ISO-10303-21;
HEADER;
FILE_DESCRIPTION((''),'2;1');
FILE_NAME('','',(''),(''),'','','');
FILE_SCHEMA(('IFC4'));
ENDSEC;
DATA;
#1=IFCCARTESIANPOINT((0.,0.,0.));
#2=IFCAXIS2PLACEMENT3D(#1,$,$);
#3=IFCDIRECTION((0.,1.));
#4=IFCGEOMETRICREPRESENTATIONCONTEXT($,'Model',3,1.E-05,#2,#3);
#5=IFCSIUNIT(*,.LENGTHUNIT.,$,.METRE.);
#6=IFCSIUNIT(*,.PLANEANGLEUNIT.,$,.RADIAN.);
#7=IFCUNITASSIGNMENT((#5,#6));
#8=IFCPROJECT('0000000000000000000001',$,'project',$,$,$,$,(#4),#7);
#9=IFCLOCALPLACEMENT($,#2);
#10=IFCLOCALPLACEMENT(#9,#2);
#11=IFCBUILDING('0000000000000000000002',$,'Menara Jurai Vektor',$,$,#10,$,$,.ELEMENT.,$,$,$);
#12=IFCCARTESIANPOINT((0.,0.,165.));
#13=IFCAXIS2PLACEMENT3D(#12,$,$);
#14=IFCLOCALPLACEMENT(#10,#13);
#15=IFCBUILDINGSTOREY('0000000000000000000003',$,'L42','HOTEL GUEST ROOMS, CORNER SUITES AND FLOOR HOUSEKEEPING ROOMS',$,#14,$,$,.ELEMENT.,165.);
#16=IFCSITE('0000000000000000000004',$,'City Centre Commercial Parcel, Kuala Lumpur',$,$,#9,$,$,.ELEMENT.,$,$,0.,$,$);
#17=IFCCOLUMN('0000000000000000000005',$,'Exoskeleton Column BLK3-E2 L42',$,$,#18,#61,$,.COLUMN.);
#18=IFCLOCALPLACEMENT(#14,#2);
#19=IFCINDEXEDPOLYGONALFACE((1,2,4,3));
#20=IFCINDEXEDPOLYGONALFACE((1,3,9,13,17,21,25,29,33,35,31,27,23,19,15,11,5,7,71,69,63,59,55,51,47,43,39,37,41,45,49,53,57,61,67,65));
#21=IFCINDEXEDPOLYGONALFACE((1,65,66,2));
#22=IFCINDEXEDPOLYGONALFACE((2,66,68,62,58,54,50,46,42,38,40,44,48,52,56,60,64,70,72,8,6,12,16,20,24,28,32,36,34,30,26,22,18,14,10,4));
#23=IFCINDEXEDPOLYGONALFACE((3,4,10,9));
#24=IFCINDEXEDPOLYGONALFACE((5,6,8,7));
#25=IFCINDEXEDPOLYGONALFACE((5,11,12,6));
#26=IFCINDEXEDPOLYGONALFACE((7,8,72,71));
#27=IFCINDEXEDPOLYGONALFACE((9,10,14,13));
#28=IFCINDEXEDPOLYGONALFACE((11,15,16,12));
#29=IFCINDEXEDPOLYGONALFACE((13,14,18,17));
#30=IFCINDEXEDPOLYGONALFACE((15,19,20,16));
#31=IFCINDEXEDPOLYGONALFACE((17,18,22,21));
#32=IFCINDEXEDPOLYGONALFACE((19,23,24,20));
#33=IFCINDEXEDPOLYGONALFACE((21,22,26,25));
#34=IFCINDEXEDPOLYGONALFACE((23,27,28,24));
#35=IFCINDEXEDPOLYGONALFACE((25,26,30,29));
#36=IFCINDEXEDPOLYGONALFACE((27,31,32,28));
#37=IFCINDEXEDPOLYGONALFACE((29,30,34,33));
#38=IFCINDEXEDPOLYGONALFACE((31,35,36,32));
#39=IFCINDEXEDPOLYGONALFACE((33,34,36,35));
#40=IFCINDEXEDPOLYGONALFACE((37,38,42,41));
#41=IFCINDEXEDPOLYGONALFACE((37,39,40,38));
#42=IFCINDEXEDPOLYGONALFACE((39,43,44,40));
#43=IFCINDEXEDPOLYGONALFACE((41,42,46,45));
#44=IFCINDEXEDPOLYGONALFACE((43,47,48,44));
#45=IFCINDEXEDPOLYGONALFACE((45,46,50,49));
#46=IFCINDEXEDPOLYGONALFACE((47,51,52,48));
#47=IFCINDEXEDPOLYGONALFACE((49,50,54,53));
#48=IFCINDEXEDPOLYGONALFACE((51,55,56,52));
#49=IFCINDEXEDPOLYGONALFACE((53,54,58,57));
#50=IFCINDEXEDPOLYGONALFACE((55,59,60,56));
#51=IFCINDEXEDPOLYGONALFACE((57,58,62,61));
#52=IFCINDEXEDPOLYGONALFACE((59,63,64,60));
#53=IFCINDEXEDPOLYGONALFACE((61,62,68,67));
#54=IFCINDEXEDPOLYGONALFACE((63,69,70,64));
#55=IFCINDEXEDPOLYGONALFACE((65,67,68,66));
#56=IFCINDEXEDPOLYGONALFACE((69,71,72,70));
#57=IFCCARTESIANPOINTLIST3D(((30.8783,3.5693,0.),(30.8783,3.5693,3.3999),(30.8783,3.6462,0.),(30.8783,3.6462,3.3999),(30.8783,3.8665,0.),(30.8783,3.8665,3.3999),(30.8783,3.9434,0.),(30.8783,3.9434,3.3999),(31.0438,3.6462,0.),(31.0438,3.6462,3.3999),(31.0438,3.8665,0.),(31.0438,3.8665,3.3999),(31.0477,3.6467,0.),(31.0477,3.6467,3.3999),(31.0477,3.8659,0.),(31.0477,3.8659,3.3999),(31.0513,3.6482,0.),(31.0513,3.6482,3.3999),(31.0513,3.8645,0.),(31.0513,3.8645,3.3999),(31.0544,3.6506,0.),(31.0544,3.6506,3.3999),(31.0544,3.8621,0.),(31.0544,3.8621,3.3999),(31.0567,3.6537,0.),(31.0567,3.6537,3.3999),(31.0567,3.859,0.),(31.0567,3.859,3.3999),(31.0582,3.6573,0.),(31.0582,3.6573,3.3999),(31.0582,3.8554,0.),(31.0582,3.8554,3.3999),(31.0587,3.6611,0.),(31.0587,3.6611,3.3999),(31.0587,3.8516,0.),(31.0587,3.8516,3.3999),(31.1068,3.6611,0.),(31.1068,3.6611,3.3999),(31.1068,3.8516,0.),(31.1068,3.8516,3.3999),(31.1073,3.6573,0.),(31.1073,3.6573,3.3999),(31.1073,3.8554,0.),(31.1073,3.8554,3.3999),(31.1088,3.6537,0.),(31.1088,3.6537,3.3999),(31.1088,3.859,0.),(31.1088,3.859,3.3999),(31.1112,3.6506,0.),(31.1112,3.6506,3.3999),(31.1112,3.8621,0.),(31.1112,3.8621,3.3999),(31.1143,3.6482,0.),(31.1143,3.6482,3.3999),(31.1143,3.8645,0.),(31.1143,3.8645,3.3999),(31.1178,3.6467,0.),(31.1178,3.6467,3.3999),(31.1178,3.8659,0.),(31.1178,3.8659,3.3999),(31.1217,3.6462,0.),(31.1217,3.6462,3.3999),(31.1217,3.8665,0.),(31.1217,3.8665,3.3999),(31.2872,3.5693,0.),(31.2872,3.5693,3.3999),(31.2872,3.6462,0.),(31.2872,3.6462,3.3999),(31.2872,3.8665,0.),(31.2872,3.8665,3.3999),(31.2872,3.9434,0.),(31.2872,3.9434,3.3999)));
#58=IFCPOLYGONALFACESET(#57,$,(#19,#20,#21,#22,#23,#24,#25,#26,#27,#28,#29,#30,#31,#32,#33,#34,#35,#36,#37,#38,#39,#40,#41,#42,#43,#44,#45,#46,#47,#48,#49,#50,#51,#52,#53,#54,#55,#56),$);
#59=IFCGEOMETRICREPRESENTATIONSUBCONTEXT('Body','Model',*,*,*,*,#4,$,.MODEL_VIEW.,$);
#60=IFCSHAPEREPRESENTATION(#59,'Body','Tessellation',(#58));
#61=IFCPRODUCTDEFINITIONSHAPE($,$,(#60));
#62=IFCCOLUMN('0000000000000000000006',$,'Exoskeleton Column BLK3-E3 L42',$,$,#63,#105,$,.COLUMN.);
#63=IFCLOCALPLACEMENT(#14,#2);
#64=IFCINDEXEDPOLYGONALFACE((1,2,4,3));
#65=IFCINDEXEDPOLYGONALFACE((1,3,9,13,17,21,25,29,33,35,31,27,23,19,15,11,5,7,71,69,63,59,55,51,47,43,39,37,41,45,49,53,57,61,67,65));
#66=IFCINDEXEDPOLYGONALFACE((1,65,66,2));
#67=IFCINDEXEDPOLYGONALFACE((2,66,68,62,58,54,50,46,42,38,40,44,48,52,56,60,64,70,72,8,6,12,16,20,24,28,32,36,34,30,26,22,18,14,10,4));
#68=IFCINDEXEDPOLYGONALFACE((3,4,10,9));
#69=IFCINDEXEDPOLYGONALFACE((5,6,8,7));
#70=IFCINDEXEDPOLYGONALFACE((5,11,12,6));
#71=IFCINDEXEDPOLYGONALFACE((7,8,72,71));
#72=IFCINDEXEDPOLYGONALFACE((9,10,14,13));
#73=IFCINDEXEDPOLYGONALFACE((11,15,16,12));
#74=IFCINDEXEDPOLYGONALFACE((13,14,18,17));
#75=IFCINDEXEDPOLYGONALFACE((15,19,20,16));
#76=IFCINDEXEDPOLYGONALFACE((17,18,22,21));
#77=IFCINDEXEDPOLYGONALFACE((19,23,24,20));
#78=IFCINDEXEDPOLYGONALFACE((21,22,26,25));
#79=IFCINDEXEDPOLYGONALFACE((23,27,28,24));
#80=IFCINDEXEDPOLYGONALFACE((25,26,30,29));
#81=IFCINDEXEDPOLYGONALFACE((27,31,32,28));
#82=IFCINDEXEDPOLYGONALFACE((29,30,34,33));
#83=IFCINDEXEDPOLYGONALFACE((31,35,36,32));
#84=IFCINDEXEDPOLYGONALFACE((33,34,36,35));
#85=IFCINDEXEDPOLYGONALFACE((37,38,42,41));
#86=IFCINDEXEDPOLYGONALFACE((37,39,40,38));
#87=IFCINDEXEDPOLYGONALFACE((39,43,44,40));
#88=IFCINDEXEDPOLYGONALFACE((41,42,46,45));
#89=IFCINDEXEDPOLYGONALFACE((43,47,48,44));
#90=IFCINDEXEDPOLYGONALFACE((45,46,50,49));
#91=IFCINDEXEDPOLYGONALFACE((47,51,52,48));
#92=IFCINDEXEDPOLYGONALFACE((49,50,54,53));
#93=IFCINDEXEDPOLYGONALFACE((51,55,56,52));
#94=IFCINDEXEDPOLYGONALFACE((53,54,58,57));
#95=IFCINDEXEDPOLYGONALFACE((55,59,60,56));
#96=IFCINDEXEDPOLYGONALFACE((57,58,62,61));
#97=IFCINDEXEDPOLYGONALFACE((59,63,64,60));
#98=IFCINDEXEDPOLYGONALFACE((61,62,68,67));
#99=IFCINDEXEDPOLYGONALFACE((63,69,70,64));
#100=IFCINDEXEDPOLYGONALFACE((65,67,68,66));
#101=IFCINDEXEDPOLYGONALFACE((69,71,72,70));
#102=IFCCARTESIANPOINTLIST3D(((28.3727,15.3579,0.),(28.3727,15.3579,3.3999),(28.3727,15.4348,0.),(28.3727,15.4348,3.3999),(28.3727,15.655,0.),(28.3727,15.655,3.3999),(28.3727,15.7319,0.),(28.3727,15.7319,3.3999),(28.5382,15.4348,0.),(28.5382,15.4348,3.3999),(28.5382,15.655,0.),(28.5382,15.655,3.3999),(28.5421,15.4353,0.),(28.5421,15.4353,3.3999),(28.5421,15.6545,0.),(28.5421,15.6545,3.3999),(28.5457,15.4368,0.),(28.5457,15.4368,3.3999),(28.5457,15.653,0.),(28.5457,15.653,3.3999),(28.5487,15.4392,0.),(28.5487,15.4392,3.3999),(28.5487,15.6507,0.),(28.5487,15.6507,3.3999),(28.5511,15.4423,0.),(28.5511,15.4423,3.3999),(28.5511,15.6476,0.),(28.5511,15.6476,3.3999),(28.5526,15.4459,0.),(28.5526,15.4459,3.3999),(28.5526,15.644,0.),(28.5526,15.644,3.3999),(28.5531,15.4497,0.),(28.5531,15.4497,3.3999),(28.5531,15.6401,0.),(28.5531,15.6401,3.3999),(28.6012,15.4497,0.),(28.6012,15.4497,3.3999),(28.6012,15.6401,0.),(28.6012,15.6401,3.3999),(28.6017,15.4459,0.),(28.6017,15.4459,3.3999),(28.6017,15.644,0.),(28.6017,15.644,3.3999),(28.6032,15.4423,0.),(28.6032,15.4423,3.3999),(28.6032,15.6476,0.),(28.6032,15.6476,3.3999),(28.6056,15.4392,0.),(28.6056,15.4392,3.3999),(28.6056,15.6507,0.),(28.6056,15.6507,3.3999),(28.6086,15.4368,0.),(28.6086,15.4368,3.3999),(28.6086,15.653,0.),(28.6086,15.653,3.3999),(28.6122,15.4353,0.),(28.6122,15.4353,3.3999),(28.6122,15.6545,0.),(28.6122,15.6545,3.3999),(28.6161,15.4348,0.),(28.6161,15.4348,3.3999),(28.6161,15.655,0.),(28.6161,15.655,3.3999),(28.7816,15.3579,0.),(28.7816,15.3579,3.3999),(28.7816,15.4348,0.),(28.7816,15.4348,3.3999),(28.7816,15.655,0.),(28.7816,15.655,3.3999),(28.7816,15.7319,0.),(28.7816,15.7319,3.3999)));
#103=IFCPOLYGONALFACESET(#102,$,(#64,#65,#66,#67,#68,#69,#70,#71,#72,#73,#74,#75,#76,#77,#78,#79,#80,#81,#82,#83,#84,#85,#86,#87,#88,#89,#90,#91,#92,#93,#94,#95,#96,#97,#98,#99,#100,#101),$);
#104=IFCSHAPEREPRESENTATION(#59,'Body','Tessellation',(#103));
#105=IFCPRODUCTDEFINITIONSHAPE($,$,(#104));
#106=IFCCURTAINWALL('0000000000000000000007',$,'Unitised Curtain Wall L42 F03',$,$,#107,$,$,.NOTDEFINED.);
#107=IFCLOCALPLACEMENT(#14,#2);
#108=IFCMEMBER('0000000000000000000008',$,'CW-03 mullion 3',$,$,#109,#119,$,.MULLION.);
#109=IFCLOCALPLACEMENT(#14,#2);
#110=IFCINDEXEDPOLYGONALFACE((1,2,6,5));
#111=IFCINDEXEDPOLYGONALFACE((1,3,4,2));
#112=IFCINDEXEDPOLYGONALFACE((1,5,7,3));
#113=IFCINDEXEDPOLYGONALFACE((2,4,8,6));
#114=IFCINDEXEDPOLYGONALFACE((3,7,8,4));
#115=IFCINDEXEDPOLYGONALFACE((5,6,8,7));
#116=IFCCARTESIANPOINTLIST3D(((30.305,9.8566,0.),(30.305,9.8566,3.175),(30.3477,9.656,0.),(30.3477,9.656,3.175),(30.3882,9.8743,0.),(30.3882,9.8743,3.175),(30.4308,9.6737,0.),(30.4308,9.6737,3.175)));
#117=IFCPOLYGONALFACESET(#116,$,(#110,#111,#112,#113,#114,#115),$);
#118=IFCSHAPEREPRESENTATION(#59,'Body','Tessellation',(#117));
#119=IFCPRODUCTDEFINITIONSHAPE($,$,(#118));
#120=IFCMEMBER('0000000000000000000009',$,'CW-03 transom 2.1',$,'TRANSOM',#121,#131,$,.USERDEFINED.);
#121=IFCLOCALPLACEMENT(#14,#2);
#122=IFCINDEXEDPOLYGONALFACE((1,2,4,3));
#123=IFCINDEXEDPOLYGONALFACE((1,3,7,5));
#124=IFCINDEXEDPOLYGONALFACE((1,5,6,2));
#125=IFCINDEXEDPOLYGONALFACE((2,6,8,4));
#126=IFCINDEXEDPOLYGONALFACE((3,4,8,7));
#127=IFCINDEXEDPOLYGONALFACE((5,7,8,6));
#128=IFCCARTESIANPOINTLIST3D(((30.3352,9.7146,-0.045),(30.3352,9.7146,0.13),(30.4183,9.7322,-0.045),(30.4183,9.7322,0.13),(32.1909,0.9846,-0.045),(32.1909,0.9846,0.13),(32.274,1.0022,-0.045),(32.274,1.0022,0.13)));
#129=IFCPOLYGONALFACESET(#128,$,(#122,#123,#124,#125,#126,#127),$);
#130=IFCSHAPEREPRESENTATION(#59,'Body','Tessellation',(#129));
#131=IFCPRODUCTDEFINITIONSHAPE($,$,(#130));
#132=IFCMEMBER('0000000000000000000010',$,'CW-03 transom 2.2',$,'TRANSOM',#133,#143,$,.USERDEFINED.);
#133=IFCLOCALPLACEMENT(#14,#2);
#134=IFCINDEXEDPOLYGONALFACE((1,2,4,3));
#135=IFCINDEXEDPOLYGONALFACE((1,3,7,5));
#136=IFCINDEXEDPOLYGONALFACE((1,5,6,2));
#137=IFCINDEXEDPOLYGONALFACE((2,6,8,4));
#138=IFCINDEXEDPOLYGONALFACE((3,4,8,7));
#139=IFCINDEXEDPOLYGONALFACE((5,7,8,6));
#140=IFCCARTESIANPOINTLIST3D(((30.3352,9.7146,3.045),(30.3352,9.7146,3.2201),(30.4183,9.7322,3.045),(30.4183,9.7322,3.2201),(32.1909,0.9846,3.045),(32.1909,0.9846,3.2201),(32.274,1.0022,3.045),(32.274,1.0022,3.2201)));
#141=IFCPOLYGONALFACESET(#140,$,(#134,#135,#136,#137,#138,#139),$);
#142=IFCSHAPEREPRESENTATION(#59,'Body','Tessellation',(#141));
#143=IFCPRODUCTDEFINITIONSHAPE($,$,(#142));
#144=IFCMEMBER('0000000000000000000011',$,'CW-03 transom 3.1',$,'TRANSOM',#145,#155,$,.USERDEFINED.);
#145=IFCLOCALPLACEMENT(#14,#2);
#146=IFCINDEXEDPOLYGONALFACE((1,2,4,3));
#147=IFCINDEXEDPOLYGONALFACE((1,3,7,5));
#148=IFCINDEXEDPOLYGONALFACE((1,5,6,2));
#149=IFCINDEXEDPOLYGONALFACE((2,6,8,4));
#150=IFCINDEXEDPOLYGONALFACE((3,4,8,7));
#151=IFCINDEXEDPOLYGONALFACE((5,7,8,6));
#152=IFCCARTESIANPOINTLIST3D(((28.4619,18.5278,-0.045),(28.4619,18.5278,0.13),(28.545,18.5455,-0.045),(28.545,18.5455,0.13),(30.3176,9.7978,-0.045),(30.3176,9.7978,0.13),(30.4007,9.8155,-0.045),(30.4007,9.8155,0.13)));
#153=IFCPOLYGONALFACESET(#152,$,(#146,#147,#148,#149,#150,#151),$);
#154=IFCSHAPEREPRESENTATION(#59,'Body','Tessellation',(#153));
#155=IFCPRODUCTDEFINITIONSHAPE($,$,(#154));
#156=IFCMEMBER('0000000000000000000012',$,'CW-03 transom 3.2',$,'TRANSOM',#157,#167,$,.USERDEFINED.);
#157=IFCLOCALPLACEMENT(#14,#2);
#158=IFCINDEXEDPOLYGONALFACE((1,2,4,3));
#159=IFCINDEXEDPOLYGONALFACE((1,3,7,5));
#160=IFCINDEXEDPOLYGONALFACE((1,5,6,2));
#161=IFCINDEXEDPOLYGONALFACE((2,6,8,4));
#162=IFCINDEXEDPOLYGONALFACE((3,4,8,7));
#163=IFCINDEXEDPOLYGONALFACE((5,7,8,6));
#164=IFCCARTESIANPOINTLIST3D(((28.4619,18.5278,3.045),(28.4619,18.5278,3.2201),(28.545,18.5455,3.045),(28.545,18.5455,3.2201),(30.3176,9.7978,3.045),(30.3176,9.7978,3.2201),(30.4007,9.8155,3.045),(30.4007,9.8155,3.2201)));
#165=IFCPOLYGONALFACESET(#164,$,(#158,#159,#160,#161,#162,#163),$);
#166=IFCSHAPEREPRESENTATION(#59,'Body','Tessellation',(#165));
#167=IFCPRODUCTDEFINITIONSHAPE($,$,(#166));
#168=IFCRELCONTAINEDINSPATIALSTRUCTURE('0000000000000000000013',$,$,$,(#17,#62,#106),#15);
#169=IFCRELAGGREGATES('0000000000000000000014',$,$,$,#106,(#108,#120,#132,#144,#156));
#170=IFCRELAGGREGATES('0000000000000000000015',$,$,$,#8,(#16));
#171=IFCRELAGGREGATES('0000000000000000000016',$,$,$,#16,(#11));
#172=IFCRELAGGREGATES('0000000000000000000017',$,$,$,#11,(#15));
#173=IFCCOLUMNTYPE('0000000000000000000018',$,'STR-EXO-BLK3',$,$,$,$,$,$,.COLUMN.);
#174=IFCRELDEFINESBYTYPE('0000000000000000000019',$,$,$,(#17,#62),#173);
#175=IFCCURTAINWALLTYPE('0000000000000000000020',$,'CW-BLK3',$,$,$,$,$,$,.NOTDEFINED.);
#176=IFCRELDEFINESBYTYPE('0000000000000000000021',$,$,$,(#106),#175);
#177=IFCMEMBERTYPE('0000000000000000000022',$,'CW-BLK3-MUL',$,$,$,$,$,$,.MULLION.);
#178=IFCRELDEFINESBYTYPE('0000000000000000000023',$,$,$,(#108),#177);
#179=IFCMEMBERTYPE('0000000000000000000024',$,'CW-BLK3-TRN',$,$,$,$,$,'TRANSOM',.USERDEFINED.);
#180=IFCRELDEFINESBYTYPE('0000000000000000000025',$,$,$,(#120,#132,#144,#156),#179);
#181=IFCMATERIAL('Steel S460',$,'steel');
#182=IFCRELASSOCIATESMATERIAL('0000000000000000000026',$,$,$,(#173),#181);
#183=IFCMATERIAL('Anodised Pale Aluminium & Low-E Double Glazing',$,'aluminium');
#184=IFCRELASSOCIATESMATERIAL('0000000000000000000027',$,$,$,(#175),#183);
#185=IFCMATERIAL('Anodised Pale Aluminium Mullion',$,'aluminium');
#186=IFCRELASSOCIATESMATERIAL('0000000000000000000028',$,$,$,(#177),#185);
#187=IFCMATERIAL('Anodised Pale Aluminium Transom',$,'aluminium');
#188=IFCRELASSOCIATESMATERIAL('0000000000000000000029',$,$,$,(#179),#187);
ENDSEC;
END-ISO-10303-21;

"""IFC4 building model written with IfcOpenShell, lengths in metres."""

from ifc_helpers import new_model, si_unit, direction, frame, origin, origin_2d, place, context, subcontext, project, spatial, rectangle, i_section, extrude, material, material_profile, profile_set, type_object, element, aggregate, save


model = new_model("IFC4")

# Units and contexts
model_context = context("Model", 3, precision=1e-05, world=origin(), true_north=direction((0.0, 1.0)))
body_context = subcontext(model_context, "Body", "Model", "MODEL_VIEW")
ifc_project = project(units=[si_unit("LENGTHUNIT", "METRE"), si_unit("PLANEANGLEUNIT", "RADIAN")], contexts=[model_context])

# Site, building, storey
site_placement = place(None, origin())
site = spatial("IfcSite", under=ifc_project, at=site_placement, Name="City Centre Commercial Parcel, Kuala Lumpur", CompositionType="ELEMENT", RefElevation=0.0)
building_placement = place(site_placement, origin())
building = spatial("IfcBuilding", under=site, at=building_placement, Name="Menara Jurai Vektor", CompositionType="ELEMENT")
storey_placement = place(building_placement, frame((0.0, 0.0, 165.0)))
storey = spatial("IfcBuildingStorey", under=building, at=storey_placement, Name="L42", Description="HOTEL GUEST ROOMS, CORNER SUITES AND FLOOR HOUSEKEEPING ROOMS", CompositionType="ELEMENT", Elevation=165.0)

# Columns
ifc_material_1 = material(Name="Steel S460", Category="steel")
ifc_material_profile_1 = material_profile(ifc_material_1, i_section(OverallWidth=0.4089, OverallDepth=0.374, WebThickness=0.0481, FlangeThickness=0.0769, FilletRadius=0.0149, at=origin_2d()), Name="HD 400x634")
ifc_profile_set_1 = profile_set([ifc_material_profile_1], Name="Steel S460")
column_type = type_object("IfcColumnType", Name="STR-EXO-BLK3", PredefinedType="COLUMN", material=ifc_profile_set_1)
for number, where, z_axis, x_axis, name in (
    (1, (31.0828, 3.7563, 0.0), (0.0, 0.0, 1.0), (1.0, 0.0, 0.0), "Exoskeleton Column BLK3-E2 L42"),
    (2, (28.5771, 15.5449, 0.0), (0.0, 0.0, 1.0), (1.0, 0.0, 0.0), "Exoskeleton Column BLK3-E3 L42"),
):
    element("IfcColumn", number, at=place(storey_placement, frame(where, z_axis=z_axis, x_axis=x_axis)), inside=storey, type_object=column_type, Name=name, PredefinedType="COLUMN", context=body_context, shape_type="SweptSolid", body=[
        extrude(i_section(OverallWidth=0.4089, OverallDepth=0.374, WebThickness=0.0481, FlangeThickness=0.0769, FilletRadius=0.0149, at=origin_2d()), origin(), (0.0, 0.0, 1.0), 3.3999),
    ])

# Curtain wall, members
ifc_material_2 = material(Name="Anodised Pale Aluminium & Low-E Double Glazing", Category="aluminium")
curtain_wall_type = type_object("IfcCurtainWallType", Name="CW-BLK3", PredefinedType="NOTDEFINED", material=ifc_material_2)
curtain_wall_placement = place(storey_placement, origin())
curtain_wall = element("IfcCurtainWall", 3, at=curtain_wall_placement, inside=storey, type_object=curtain_wall_type, Name="Unitised Curtain Wall L42 F03", PredefinedType="NOTDEFINED")
ifc_material_3 = material(Name="Anodised Pale Aluminium Mullion", Category="aluminium")
ifc_material_profile_2 = material_profile(ifc_material_3, rectangle(XDim=0.085, YDim=0.2051, at=origin_2d()), Name="ALU MUL 85x205")
ifc_profile_set_2 = profile_set([ifc_material_profile_2], Name="Anodised Pale Aluminium Mullion")
member_type_1 = type_object("IfcMemberType", Name="CW-BLK3-MUL", PredefinedType="MULLION", material=ifc_profile_set_2)
member_1_placement = place(storey_placement, frame((30.3679, 9.7651, 0.0), z_axis=(0.0, 0.0, 1.0), x_axis=(-0.978148, -0.20791, 0.0)))
member_1 = element("IfcMember", 4, at=member_1_placement, type_object=member_type_1, Name="CW-03 mullion 3", PredefinedType="MULLION", context=body_context, shape_type="SweptSolid", body=[
    extrude(rectangle(XDim=0.085, YDim=0.2051, at=origin_2d()), origin(), (0.0, 0.0, 1.0), 3.175),
])
ifc_material_4 = material(Name="Anodised Pale Aluminium Transom", Category="aluminium")
ifc_material_profile_3 = material_profile(ifc_material_4, rectangle(XDim=0.085, YDim=0.175, at=origin_2d()), Name="ALU TRN 85x175")
ifc_profile_set_3 = profile_set([ifc_material_profile_3], Name="Anodised Pale Aluminium Transom")
member_type_2 = type_object("IfcMemberType", Name="CW-BLK3-TRN", ElementType="TRANSOM", PredefinedType="USERDEFINED", material=ifc_profile_set_3)
member_2_placement = place(storey_placement, frame((32.2324, 0.9934, 0.0425), z_axis=(-0.207922, 0.978145, 0.0), x_axis=(-0.978145, -0.207922, 0.0)))
member_2 = element("IfcMember", 5, at=member_2_placement, type_object=member_type_2, Name="CW-03 transom 2.1", ObjectType="TRANSOM", PredefinedType="USERDEFINED", context=body_context, shape_type="SweptSolid", body=[
    extrude(rectangle(XDim=0.085, YDim=0.175, at=origin_2d()), origin(), (0.0, 0.0, 1.0), 8.925),
])
member_3_placement = place(storey_placement, frame((32.2324, 0.9934, 3.1326), z_axis=(-0.207922, 0.978145, 0.0), x_axis=(-0.978145, -0.207922, 0.0)))
member_3 = element("IfcMember", 6, at=member_3_placement, type_object=member_type_2, Name="CW-03 transom 2.2", ObjectType="TRANSOM", PredefinedType="USERDEFINED", context=body_context, shape_type="SweptSolid", body=[
    extrude(rectangle(XDim=0.085, YDim=0.175, at=origin_2d()), origin(), (0.0, 0.0, 1.0), 8.925),
])
member_4_placement = place(storey_placement, frame((30.3591, 9.8066, 0.0425), z_axis=(-0.207922, 0.978145, 0.0), x_axis=(-0.978145, -0.207922, 0.0)))
member_4 = element("IfcMember", 7, at=member_4_placement, type_object=member_type_2, Name="CW-03 transom 3.1", ObjectType="TRANSOM", PredefinedType="USERDEFINED", context=body_context, shape_type="SweptSolid", body=[
    extrude(rectangle(XDim=0.085, YDim=0.175, at=origin_2d()), origin(), (0.0, 0.0, 1.0), 8.925),
])
member_5_placement = place(storey_placement, frame((30.3591, 9.8066, 3.1326), z_axis=(-0.207922, 0.978145, 0.0), x_axis=(-0.978145, -0.207922, 0.0)))
member_5 = element("IfcMember", 8, at=member_5_placement, type_object=member_type_2, Name="CW-03 transom 3.2", ObjectType="TRANSOM", PredefinedType="USERDEFINED", context=body_context, shape_type="SweptSolid", body=[
    extrude(rectangle(XDim=0.085, YDim=0.175, at=origin_2d()), origin(), (0.0, 0.0, 1.0), 8.925),
])

aggregate(curtain_wall, [member_1, member_2, member_3, member_4, member_5])

save(model, "model.ifc")
